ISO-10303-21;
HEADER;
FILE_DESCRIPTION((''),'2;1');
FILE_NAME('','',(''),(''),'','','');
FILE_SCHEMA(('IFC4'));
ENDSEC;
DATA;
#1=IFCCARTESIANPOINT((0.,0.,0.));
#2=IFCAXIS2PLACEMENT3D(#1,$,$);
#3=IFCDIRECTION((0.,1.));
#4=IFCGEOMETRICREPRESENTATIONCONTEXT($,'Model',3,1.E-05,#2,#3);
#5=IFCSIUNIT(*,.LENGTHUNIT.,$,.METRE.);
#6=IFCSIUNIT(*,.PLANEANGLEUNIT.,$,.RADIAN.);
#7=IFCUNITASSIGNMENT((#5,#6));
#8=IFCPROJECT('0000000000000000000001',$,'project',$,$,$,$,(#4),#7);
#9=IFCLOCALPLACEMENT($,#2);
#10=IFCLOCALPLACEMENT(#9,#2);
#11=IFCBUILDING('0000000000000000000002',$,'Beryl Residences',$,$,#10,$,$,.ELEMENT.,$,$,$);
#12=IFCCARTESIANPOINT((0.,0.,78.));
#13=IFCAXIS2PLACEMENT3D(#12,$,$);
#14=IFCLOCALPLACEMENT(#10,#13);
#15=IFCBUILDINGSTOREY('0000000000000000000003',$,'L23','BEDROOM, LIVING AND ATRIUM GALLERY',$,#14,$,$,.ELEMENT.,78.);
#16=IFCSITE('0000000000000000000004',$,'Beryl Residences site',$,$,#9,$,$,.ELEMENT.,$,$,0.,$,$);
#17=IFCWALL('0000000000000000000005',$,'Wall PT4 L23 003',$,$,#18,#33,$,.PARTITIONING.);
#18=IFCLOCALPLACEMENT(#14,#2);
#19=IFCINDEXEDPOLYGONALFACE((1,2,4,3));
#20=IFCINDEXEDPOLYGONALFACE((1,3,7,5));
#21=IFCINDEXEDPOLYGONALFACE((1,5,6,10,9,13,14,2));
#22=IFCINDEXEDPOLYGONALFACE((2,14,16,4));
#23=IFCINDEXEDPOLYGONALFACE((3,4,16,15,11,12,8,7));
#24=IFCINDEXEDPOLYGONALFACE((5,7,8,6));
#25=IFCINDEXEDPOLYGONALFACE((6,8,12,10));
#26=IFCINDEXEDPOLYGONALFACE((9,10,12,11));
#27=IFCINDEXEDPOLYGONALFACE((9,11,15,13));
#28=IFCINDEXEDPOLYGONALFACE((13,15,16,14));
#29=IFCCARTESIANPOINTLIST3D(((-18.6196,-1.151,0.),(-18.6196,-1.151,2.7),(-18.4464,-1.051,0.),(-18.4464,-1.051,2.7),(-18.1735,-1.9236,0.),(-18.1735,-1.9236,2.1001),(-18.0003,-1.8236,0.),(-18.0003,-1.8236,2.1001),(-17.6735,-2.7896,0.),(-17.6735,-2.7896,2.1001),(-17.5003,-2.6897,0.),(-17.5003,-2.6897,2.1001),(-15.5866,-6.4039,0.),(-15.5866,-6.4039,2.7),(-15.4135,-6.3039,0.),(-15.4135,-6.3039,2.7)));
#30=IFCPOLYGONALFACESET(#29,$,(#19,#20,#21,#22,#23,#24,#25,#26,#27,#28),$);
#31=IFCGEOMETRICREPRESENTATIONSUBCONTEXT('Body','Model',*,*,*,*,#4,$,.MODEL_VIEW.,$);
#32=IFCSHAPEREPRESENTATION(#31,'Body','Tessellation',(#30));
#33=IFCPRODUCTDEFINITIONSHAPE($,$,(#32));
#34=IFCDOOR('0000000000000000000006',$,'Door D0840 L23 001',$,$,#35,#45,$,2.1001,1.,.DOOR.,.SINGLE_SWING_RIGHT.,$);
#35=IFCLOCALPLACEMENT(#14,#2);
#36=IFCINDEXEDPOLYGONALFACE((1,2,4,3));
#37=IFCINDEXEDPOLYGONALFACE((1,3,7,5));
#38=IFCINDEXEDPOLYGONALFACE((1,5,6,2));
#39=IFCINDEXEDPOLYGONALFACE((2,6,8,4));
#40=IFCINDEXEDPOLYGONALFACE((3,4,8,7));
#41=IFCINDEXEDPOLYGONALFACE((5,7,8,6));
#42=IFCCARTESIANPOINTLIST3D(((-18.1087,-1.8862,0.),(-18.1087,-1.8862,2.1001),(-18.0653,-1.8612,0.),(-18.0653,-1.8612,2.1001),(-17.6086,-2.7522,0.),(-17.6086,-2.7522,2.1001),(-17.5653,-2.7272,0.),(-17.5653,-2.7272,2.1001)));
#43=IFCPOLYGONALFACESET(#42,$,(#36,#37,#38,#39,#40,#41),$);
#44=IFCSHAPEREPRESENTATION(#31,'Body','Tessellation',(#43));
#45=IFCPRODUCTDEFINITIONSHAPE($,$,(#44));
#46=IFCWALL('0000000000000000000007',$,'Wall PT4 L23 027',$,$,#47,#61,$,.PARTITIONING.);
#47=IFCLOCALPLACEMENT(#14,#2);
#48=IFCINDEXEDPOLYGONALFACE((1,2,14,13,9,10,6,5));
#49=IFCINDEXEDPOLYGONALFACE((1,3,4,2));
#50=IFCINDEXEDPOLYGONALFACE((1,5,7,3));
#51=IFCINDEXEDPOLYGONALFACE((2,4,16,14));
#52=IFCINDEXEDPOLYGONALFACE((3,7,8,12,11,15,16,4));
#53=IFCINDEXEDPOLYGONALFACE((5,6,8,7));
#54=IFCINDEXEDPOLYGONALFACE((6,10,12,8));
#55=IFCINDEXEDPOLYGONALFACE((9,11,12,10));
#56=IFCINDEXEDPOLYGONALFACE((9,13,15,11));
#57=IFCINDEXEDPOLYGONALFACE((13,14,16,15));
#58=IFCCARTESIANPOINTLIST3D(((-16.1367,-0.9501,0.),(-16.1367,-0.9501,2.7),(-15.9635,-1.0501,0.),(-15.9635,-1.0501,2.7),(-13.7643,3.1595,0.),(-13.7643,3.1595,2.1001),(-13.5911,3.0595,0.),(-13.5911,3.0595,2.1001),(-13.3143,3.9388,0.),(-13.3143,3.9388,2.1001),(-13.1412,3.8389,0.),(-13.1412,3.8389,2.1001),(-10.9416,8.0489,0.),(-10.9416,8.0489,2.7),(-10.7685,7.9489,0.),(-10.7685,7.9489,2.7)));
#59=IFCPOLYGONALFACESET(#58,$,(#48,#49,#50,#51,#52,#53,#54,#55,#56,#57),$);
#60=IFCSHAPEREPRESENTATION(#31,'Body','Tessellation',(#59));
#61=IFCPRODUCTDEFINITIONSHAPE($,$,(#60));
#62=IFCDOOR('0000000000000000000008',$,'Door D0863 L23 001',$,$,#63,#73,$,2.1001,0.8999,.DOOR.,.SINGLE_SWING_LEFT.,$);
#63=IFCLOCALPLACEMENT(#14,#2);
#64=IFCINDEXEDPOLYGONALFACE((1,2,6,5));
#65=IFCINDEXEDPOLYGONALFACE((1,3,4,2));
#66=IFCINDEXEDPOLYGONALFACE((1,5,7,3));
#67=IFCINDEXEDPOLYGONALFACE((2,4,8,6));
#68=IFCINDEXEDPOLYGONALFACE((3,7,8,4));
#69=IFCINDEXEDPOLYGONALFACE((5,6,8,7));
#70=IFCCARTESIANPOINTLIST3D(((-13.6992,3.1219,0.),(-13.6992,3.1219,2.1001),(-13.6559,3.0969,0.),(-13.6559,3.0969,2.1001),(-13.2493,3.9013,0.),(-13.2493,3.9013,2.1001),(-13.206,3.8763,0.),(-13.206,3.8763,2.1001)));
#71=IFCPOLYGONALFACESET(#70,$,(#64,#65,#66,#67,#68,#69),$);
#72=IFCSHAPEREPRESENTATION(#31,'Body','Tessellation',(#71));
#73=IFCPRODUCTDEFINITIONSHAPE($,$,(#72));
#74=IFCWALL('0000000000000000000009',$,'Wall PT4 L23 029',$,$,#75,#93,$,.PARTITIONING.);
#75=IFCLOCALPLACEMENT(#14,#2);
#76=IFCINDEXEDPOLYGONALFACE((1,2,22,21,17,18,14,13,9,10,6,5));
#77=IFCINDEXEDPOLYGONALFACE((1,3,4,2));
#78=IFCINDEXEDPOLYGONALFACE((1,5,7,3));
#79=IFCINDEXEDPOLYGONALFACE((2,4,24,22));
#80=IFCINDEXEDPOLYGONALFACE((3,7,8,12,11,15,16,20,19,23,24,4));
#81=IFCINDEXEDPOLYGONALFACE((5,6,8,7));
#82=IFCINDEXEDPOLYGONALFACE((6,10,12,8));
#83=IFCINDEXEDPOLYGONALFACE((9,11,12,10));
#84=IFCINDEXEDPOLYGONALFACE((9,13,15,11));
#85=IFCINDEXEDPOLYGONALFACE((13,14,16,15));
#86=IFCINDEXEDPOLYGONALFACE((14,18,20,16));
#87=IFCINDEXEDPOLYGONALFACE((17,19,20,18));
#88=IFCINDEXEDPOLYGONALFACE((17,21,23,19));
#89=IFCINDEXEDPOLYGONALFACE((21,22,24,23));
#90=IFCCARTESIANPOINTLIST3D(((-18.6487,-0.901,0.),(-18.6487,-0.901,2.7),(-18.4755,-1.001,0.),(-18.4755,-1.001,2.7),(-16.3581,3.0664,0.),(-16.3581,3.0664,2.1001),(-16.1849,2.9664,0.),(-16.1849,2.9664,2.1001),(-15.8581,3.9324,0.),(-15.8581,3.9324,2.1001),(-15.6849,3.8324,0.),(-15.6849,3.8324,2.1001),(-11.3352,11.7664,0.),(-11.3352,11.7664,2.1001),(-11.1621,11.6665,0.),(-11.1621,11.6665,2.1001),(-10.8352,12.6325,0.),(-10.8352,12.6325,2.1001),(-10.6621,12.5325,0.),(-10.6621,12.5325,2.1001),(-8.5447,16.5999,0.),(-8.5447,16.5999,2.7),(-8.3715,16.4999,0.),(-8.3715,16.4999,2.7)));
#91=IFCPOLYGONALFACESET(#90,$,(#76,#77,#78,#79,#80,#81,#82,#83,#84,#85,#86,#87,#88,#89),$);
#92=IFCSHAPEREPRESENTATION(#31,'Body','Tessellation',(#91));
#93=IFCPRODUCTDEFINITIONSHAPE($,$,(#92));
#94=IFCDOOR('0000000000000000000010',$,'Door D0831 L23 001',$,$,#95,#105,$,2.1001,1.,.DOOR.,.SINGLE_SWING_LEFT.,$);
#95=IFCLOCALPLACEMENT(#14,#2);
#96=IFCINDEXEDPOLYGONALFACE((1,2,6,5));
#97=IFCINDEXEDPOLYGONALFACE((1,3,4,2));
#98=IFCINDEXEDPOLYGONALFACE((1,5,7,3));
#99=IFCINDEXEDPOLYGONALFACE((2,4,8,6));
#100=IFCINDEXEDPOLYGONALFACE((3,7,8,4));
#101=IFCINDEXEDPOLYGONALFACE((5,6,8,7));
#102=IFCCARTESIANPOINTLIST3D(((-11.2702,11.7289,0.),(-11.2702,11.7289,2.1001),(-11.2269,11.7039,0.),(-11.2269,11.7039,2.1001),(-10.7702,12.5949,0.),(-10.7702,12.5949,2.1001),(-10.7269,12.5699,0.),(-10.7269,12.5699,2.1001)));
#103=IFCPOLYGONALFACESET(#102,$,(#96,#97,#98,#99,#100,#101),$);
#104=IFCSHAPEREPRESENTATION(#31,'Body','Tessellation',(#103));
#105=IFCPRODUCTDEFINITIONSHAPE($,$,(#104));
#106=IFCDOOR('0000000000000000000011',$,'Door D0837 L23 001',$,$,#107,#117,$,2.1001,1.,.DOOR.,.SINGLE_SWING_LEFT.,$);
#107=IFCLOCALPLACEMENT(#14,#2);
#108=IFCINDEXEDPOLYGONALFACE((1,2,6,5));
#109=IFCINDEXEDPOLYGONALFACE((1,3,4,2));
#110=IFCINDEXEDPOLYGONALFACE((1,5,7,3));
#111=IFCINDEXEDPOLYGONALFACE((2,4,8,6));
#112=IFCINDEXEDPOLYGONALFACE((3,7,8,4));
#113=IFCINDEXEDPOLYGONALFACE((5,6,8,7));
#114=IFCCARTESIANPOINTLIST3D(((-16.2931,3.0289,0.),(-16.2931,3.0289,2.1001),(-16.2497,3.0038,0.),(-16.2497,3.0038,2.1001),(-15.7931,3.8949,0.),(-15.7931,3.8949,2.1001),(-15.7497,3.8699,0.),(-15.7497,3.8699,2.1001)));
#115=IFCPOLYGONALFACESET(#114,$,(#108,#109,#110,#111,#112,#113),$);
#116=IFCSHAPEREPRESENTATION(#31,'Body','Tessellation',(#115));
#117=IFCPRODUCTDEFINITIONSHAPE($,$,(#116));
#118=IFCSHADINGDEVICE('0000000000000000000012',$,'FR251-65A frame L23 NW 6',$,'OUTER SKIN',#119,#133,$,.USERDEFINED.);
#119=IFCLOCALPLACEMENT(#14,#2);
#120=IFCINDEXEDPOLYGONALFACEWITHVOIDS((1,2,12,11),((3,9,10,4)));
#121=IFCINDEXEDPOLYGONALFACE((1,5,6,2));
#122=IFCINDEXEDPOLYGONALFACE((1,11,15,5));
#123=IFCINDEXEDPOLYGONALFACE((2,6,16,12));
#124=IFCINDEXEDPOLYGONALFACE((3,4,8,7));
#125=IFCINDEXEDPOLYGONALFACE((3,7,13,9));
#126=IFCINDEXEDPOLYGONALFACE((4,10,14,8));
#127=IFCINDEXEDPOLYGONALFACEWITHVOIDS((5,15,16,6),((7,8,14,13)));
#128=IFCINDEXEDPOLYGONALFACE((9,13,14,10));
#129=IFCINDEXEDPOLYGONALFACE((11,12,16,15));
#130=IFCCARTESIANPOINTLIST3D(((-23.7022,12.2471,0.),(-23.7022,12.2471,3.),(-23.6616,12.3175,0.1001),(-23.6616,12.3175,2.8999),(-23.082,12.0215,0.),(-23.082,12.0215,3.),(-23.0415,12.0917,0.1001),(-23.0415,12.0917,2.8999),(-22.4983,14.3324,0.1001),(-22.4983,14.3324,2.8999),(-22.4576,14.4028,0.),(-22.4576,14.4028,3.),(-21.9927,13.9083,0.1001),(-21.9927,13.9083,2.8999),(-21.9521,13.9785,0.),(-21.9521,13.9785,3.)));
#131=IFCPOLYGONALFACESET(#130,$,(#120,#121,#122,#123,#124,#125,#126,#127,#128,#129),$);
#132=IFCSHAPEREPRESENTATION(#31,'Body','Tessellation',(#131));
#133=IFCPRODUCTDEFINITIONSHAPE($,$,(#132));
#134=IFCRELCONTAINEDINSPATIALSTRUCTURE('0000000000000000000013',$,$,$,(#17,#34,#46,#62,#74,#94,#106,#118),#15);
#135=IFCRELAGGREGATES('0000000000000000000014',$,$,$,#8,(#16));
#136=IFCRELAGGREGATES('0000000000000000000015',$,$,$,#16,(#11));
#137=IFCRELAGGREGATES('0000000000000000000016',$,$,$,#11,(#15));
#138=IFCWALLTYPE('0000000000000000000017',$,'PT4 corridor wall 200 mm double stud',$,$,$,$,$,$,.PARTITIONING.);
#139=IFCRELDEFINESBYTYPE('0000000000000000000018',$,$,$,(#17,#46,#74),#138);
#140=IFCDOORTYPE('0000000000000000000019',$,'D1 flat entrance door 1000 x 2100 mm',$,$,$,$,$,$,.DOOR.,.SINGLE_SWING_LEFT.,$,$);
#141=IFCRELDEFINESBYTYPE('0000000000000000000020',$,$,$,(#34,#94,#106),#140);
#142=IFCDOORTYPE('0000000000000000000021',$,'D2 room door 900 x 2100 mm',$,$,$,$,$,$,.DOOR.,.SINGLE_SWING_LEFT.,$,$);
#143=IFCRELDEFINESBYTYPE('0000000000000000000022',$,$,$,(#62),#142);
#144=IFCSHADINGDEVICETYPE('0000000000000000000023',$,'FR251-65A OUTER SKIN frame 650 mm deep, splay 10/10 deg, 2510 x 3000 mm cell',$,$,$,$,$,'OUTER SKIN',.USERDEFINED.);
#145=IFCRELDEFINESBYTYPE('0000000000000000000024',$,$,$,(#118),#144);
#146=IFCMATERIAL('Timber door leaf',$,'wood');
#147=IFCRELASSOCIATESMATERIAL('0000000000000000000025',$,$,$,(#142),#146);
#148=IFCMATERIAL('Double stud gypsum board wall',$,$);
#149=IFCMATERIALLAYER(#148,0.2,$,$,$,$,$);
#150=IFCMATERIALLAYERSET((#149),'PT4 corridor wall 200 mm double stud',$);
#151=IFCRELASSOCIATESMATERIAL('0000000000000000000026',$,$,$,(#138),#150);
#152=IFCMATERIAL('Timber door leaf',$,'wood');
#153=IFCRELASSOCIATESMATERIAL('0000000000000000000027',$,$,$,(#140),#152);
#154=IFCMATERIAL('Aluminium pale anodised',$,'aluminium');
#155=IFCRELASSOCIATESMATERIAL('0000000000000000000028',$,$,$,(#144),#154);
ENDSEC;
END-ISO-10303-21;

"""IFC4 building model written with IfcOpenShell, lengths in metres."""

from ifc_helpers import new_model, entity, si_unit, direction, frame, frame_2d, origin, place, context, subcontext, project, spatial, rectangle, extrude, source, transform, mapped, material, layer, layer_set, type_object, type_shapes, element, fill, save


model = new_model("IFC4")

# Units and contexts
model_context = context("Model", 3, precision=1e-05, world=origin(), true_north=direction((0.0, 1.0)))
body_context = subcontext(model_context, "Body", "Model", "MODEL_VIEW")
ifc_project = project(units=[si_unit("LENGTHUNIT", "METRE"), si_unit("PLANEANGLEUNIT", "RADIAN")], contexts=[model_context])

# Site, building, storey
site_placement = place(None, origin())
site = spatial("IfcSite", under=ifc_project, at=site_placement, Name="Beryl Residences site", CompositionType="ELEMENT", RefElevation=0.0)
building_placement = place(site_placement, origin())
building = spatial("IfcBuilding", under=site, at=building_placement, Name="Beryl Residences", CompositionType="ELEMENT")
storey_placement = place(building_placement, frame((0.0, 0.0, 78.0)))
storey = spatial("IfcBuildingStorey", under=building, at=storey_placement, Name="L23", Description="BEDROOM, LIVING AND ATRIUM GALLERY", CompositionType="ELEMENT", Elevation=78.0)

# Shared definitions
ifc_material_1 = material(Name="Timber door leaf", Category="wood")
door_type_1 = type_object("IfcDoorType", Name="D2 room door 900 x 2100 mm", OperationType="SINGLE_SWING_LEFT", PredefinedType="DOOR", material=ifc_material_1)

# Shared definitions
ifc_material_2 = material(Name="Double stud gypsum board wall")
ifc_layer_1 = layer(ifc_material_2, 0.2)
ifc_layer_set_1 = layer_set([ifc_layer_1], Name="PT4 corridor wall 200 mm double stud")
wall_type_1 = type_object("IfcWallType", Name="PT4 corridor wall 200 mm double stud", PredefinedType="PARTITIONING", material=ifc_layer_set_1)

# Walls, openings, doors
wall_1_placement = place(storey_placement, frame((-18.533, -1.1011, 0.0), z_axis=(0.0, 0.0, 1.0), x_axis=(0.500022, -0.866013, 0.0)))
wall_1 = element("IfcWall", 1, at=wall_1_placement, inside=storey, type_object=wall_type_1, Name="Wall PT4 L23 003", PredefinedType="PARTITIONING", context=body_context, shape_type="SweptSolid", body=[
    extrude(rectangle(XDim=6.0657, YDim=0.2, at=frame_2d((3.0327, 0.0))), origin(), (0.0, 0.0, 1.0), 2.7),
])
opening_1_placement = place(wall_1_placement, frame((0.8921, 0.0, 0.0)))
opening_1 = element("IfcOpeningElement", 2, at=opening_1_placement, cuts=wall_1, PredefinedType="OPENING", context=body_context, shape_type="SweptSolid", body=[
    extrude(rectangle(XDim=1.0, YDim=2.1001, at=frame_2d((0.5, 1.05))), frame((0.0, 0.1099, 0.0), z_axis=(0.0, -1.0, 0.0), x_axis=(1.0, 0.0, 0.0)), (0.0, 0.0, 1.0), 0.22),
])
ifc_material_3 = material(Name="Timber door leaf", Category="wood")
door_type_2 = type_object("IfcDoorType", Name="D1 flat entrance door 1000 x 2100 mm", OperationType="SINGLE_SWING_LEFT", PredefinedType="DOOR", material=ifc_material_3)
door_1_placement = place(opening_1_placement, origin())
door_1 = element("IfcDoor", 3, at=door_1_placement, inside=storey, type_object=door_type_2, Name="Door D0840 L23 001", OperationType="SINGLE_SWING_RIGHT", OverallHeight=2.1001, OverallWidth=1.0, PredefinedType="DOOR", context=body_context, shape_type="SweptSolid", body=[
    extrude(rectangle(XDim=1.0, YDim=2.1001, at=frame_2d((0.5, 1.05))), frame((0.0, 0.0249, 0.0), z_axis=(0.0, -1.0, 0.0), x_axis=(1.0, 0.0, 0.0)), (0.0, 0.0, 1.0), 0.05),
])
fill(opening_1, door_1)
wall_2_placement = place(storey_placement, frame((-16.05, -1.0, 0.0), z_axis=(0.0, 0.0, 1.0), x_axis=(0.499962, 0.866047, 0.0)))
wall_2 = element("IfcWall", 4, at=wall_2_placement, inside=storey, type_object=wall_type_1, Name="Wall PT4 L23 027", PredefinedType="PARTITIONING", context=body_context, shape_type="SweptSolid", body=[
    extrude(rectangle(XDim=10.3909, YDim=0.2, at=frame_2d((5.1953, 0.0))), origin(), (0.0, 0.0, 1.0), 2.7),
])
opening_2_placement = place(wall_2_placement, frame((4.7451, 0.0, 0.0)))
opening_2 = element("IfcOpeningElement", 5, at=opening_2_placement, cuts=wall_2, PredefinedType="OPENING", context=body_context, shape_type="SweptSolid", body=[
    extrude(rectangle(XDim=0.8999, YDim=2.1001, at=frame_2d((0.45, 1.05))), frame((0.0, 0.1099, 0.0), z_axis=(0.0, -1.0, 0.0), x_axis=(1.0, 0.0, 0.0)), (0.0, 0.0, 1.0), 0.22),
])
door_2_placement = place(opening_2_placement, origin())
door_2 = element("IfcDoor", 6, at=door_2_placement, inside=storey, type_object=door_type_1, Name="Door D0863 L23 001", OperationType="SINGLE_SWING_LEFT", OverallHeight=2.1001, OverallWidth=0.8999, PredefinedType="DOOR", context=body_context, shape_type="SweptSolid", body=[
    extrude(rectangle(XDim=0.8999, YDim=2.1001, at=frame_2d((0.45, 1.05))), frame((0.0, 0.0249, 0.0), z_axis=(0.0, -1.0, 0.0), x_axis=(1.0, 0.0, 0.0)), (0.0, 0.0, 1.0), 0.05),
])
fill(opening_2, door_2)

# Wall, openings, doors
wall_3_placement = place(storey_placement, frame((-18.562, -0.9509, 0.0), z_axis=(0.0, 0.0, 1.0), x_axis=(0.499993, 0.866029, 0.0)))
wall_3 = element("IfcWall", 7, at=wall_3_placement, inside=storey, type_object=wall_type_1, Name="Wall PT4 L23 029", PredefinedType="PARTITIONING", context=body_context, shape_type="SweptSolid", body=[
    extrude(rectangle(XDim=20.2083, YDim=0.2, at=frame_2d((10.104, 0.0))), origin(), (0.0, 0.0, 1.0), 2.7),
])
opening_3_placement = place(wall_3_placement, frame((14.627, 0.0, 0.0)))
opening_3 = element("IfcOpeningElement", 8, at=opening_3_placement, cuts=wall_3, PredefinedType="OPENING", context=body_context, shape_type="SweptSolid", body=[
    extrude(rectangle(XDim=1.0, YDim=2.1001, at=frame_2d((0.5, 1.05))), frame((0.0, 0.1099, 0.0), z_axis=(0.0, -1.0, 0.0), x_axis=(1.0, 0.0, 0.0)), (0.0, 0.0, 1.0), 0.22),
])
opening_4_placement = place(wall_3_placement, frame((4.5811, 0.0, 0.0)))
opening_4 = element("IfcOpeningElement", 9, at=opening_4_placement, cuts=wall_3, PredefinedType="OPENING", context=body_context, shape_type="SweptSolid", body=[
    extrude(rectangle(XDim=1.0, YDim=2.1001, at=frame_2d((0.5, 1.05))), frame((0.0, 0.1099, 0.0), z_axis=(0.0, -1.0, 0.0), x_axis=(1.0, 0.0, 0.0)), (0.0, 0.0, 1.0), 0.22),
])
door_3_placement = place(opening_3_placement, origin())
door_3 = element("IfcDoor", 10, at=door_3_placement, inside=storey, type_object=door_type_2, Name="Door D0831 L23 001", OperationType="SINGLE_SWING_LEFT", OverallHeight=2.1001, OverallWidth=1.0, PredefinedType="DOOR", context=body_context, shape_type="SweptSolid", body=[
    extrude(rectangle(XDim=1.0, YDim=2.1001, at=frame_2d((0.5, 1.05))), frame((0.0, 0.0249, 0.0), z_axis=(0.0, -1.0, 0.0), x_axis=(1.0, 0.0, 0.0)), (0.0, 0.0, 1.0), 0.05),
])
fill(opening_3, door_3)
door_4_placement = place(opening_4_placement, origin())
door_4 = element("IfcDoor", 11, at=door_4_placement, inside=storey, type_object=door_type_2, Name="Door D0837 L23 001", OperationType="SINGLE_SWING_LEFT", OverallHeight=2.1001, OverallWidth=1.0, PredefinedType="DOOR", context=body_context, shape_type="SweptSolid", body=[
    extrude(rectangle(XDim=1.0, YDim=2.1001, at=frame_2d((0.5, 1.05))), frame((0.0, 0.0249, 0.0), z_axis=(0.0, -1.0, 0.0), x_axis=(1.0, 0.0, 0.0)), (0.0, 0.0, 1.0), 0.05),
])
fill(opening_4, door_4)

# Shading device
ifc_material_4 = material(Name="Aluminium pale anodised", Category="aluminium")
shading_device_type = type_object("IfcShadingDeviceType", Name="FR251-65A OUTER SKIN frame 650 mm deep, splay 10/10 deg, 2510 x 3000 mm cell", ElementType="OUTER SKIN", PredefinedType="USERDEFINED", material=ifc_material_4)
cartesian_point_1 = entity("IfcCartesianPoint", [-1.1299, 0.0])
cartesian_point_2 = entity("IfcCartesianPoint", [-1.0488, 0.1001])
cartesian_point_3 = entity("IfcCartesianPoint", [-1.2446, 0.0])
cartesian_point_4 = entity("IfcCartesianPoint", [-1.1633, 0.1001])
shared_shape = source(origin(), body_context, "Body", "SweptSolid", [
    entity("IfcExtrudedAreaSolidTapered", entity("IfcArbitraryProfileDefWithVoids", "AREA", None, entity("IfcPolyline", [cartesian_point_1, entity("IfcCartesianPoint", [1.1299, 0.0]), entity("IfcCartesianPoint", [1.1299, 3.0]), entity("IfcCartesianPoint", [-1.1299, 3.0]), cartesian_point_1]), [entity("IfcPolyline", [cartesian_point_2, entity("IfcCartesianPoint", [1.0488, 0.1001]), entity("IfcCartesianPoint", [1.0488, 2.8999]), entity("IfcCartesianPoint", [-1.0488, 2.8999]), cartesian_point_2])]), entity("IfcAxis2Placement3D", entity("IfcCartesianPoint", [0.0, 0.0, 0.0]), entity("IfcDirection", [0.0, 1.0, 0.0]), entity("IfcDirection", [-1.0, 0.0, 0.0])), entity("IfcDirection", [0.0, 0.0, 1.0]), 0.6499, entity("IfcArbitraryProfileDefWithVoids", "AREA", None, entity("IfcPolyline", [cartesian_point_3, entity("IfcCartesianPoint", [1.2446, 0.0]), entity("IfcCartesianPoint", [1.2446, 3.0]), entity("IfcCartesianPoint", [-1.2446, 3.0]), cartesian_point_3]), [entity("IfcPolyline", [cartesian_point_4, entity("IfcCartesianPoint", [1.1633, 0.1001]), entity("IfcCartesianPoint", [1.1633, 2.8999]), entity("IfcCartesianPoint", [-1.1633, 2.8999]), cartesian_point_4])])),
])
type_shapes(shading_device_type, [shared_shape])
shading_device_placement = place(storey_placement, frame((-22.5171, 13.0, 0.0), z_axis=(0.0, 0.0, 1.0), x_axis=(0.5, 0.866025, 0.0)))
element("IfcShadingDevice", 12, at=shading_device_placement, inside=storey, type_object=shading_device_type, Name="FR251-65A frame L23 NW 6", ObjectType="OUTER SKIN", PredefinedType="USERDEFINED", context=body_context, shape_type="MappedRepresentation", body=[
    mapped(shared_shape, transform((0.0, 0.0, 0.0))),
])

save(model, "model.ifc")
